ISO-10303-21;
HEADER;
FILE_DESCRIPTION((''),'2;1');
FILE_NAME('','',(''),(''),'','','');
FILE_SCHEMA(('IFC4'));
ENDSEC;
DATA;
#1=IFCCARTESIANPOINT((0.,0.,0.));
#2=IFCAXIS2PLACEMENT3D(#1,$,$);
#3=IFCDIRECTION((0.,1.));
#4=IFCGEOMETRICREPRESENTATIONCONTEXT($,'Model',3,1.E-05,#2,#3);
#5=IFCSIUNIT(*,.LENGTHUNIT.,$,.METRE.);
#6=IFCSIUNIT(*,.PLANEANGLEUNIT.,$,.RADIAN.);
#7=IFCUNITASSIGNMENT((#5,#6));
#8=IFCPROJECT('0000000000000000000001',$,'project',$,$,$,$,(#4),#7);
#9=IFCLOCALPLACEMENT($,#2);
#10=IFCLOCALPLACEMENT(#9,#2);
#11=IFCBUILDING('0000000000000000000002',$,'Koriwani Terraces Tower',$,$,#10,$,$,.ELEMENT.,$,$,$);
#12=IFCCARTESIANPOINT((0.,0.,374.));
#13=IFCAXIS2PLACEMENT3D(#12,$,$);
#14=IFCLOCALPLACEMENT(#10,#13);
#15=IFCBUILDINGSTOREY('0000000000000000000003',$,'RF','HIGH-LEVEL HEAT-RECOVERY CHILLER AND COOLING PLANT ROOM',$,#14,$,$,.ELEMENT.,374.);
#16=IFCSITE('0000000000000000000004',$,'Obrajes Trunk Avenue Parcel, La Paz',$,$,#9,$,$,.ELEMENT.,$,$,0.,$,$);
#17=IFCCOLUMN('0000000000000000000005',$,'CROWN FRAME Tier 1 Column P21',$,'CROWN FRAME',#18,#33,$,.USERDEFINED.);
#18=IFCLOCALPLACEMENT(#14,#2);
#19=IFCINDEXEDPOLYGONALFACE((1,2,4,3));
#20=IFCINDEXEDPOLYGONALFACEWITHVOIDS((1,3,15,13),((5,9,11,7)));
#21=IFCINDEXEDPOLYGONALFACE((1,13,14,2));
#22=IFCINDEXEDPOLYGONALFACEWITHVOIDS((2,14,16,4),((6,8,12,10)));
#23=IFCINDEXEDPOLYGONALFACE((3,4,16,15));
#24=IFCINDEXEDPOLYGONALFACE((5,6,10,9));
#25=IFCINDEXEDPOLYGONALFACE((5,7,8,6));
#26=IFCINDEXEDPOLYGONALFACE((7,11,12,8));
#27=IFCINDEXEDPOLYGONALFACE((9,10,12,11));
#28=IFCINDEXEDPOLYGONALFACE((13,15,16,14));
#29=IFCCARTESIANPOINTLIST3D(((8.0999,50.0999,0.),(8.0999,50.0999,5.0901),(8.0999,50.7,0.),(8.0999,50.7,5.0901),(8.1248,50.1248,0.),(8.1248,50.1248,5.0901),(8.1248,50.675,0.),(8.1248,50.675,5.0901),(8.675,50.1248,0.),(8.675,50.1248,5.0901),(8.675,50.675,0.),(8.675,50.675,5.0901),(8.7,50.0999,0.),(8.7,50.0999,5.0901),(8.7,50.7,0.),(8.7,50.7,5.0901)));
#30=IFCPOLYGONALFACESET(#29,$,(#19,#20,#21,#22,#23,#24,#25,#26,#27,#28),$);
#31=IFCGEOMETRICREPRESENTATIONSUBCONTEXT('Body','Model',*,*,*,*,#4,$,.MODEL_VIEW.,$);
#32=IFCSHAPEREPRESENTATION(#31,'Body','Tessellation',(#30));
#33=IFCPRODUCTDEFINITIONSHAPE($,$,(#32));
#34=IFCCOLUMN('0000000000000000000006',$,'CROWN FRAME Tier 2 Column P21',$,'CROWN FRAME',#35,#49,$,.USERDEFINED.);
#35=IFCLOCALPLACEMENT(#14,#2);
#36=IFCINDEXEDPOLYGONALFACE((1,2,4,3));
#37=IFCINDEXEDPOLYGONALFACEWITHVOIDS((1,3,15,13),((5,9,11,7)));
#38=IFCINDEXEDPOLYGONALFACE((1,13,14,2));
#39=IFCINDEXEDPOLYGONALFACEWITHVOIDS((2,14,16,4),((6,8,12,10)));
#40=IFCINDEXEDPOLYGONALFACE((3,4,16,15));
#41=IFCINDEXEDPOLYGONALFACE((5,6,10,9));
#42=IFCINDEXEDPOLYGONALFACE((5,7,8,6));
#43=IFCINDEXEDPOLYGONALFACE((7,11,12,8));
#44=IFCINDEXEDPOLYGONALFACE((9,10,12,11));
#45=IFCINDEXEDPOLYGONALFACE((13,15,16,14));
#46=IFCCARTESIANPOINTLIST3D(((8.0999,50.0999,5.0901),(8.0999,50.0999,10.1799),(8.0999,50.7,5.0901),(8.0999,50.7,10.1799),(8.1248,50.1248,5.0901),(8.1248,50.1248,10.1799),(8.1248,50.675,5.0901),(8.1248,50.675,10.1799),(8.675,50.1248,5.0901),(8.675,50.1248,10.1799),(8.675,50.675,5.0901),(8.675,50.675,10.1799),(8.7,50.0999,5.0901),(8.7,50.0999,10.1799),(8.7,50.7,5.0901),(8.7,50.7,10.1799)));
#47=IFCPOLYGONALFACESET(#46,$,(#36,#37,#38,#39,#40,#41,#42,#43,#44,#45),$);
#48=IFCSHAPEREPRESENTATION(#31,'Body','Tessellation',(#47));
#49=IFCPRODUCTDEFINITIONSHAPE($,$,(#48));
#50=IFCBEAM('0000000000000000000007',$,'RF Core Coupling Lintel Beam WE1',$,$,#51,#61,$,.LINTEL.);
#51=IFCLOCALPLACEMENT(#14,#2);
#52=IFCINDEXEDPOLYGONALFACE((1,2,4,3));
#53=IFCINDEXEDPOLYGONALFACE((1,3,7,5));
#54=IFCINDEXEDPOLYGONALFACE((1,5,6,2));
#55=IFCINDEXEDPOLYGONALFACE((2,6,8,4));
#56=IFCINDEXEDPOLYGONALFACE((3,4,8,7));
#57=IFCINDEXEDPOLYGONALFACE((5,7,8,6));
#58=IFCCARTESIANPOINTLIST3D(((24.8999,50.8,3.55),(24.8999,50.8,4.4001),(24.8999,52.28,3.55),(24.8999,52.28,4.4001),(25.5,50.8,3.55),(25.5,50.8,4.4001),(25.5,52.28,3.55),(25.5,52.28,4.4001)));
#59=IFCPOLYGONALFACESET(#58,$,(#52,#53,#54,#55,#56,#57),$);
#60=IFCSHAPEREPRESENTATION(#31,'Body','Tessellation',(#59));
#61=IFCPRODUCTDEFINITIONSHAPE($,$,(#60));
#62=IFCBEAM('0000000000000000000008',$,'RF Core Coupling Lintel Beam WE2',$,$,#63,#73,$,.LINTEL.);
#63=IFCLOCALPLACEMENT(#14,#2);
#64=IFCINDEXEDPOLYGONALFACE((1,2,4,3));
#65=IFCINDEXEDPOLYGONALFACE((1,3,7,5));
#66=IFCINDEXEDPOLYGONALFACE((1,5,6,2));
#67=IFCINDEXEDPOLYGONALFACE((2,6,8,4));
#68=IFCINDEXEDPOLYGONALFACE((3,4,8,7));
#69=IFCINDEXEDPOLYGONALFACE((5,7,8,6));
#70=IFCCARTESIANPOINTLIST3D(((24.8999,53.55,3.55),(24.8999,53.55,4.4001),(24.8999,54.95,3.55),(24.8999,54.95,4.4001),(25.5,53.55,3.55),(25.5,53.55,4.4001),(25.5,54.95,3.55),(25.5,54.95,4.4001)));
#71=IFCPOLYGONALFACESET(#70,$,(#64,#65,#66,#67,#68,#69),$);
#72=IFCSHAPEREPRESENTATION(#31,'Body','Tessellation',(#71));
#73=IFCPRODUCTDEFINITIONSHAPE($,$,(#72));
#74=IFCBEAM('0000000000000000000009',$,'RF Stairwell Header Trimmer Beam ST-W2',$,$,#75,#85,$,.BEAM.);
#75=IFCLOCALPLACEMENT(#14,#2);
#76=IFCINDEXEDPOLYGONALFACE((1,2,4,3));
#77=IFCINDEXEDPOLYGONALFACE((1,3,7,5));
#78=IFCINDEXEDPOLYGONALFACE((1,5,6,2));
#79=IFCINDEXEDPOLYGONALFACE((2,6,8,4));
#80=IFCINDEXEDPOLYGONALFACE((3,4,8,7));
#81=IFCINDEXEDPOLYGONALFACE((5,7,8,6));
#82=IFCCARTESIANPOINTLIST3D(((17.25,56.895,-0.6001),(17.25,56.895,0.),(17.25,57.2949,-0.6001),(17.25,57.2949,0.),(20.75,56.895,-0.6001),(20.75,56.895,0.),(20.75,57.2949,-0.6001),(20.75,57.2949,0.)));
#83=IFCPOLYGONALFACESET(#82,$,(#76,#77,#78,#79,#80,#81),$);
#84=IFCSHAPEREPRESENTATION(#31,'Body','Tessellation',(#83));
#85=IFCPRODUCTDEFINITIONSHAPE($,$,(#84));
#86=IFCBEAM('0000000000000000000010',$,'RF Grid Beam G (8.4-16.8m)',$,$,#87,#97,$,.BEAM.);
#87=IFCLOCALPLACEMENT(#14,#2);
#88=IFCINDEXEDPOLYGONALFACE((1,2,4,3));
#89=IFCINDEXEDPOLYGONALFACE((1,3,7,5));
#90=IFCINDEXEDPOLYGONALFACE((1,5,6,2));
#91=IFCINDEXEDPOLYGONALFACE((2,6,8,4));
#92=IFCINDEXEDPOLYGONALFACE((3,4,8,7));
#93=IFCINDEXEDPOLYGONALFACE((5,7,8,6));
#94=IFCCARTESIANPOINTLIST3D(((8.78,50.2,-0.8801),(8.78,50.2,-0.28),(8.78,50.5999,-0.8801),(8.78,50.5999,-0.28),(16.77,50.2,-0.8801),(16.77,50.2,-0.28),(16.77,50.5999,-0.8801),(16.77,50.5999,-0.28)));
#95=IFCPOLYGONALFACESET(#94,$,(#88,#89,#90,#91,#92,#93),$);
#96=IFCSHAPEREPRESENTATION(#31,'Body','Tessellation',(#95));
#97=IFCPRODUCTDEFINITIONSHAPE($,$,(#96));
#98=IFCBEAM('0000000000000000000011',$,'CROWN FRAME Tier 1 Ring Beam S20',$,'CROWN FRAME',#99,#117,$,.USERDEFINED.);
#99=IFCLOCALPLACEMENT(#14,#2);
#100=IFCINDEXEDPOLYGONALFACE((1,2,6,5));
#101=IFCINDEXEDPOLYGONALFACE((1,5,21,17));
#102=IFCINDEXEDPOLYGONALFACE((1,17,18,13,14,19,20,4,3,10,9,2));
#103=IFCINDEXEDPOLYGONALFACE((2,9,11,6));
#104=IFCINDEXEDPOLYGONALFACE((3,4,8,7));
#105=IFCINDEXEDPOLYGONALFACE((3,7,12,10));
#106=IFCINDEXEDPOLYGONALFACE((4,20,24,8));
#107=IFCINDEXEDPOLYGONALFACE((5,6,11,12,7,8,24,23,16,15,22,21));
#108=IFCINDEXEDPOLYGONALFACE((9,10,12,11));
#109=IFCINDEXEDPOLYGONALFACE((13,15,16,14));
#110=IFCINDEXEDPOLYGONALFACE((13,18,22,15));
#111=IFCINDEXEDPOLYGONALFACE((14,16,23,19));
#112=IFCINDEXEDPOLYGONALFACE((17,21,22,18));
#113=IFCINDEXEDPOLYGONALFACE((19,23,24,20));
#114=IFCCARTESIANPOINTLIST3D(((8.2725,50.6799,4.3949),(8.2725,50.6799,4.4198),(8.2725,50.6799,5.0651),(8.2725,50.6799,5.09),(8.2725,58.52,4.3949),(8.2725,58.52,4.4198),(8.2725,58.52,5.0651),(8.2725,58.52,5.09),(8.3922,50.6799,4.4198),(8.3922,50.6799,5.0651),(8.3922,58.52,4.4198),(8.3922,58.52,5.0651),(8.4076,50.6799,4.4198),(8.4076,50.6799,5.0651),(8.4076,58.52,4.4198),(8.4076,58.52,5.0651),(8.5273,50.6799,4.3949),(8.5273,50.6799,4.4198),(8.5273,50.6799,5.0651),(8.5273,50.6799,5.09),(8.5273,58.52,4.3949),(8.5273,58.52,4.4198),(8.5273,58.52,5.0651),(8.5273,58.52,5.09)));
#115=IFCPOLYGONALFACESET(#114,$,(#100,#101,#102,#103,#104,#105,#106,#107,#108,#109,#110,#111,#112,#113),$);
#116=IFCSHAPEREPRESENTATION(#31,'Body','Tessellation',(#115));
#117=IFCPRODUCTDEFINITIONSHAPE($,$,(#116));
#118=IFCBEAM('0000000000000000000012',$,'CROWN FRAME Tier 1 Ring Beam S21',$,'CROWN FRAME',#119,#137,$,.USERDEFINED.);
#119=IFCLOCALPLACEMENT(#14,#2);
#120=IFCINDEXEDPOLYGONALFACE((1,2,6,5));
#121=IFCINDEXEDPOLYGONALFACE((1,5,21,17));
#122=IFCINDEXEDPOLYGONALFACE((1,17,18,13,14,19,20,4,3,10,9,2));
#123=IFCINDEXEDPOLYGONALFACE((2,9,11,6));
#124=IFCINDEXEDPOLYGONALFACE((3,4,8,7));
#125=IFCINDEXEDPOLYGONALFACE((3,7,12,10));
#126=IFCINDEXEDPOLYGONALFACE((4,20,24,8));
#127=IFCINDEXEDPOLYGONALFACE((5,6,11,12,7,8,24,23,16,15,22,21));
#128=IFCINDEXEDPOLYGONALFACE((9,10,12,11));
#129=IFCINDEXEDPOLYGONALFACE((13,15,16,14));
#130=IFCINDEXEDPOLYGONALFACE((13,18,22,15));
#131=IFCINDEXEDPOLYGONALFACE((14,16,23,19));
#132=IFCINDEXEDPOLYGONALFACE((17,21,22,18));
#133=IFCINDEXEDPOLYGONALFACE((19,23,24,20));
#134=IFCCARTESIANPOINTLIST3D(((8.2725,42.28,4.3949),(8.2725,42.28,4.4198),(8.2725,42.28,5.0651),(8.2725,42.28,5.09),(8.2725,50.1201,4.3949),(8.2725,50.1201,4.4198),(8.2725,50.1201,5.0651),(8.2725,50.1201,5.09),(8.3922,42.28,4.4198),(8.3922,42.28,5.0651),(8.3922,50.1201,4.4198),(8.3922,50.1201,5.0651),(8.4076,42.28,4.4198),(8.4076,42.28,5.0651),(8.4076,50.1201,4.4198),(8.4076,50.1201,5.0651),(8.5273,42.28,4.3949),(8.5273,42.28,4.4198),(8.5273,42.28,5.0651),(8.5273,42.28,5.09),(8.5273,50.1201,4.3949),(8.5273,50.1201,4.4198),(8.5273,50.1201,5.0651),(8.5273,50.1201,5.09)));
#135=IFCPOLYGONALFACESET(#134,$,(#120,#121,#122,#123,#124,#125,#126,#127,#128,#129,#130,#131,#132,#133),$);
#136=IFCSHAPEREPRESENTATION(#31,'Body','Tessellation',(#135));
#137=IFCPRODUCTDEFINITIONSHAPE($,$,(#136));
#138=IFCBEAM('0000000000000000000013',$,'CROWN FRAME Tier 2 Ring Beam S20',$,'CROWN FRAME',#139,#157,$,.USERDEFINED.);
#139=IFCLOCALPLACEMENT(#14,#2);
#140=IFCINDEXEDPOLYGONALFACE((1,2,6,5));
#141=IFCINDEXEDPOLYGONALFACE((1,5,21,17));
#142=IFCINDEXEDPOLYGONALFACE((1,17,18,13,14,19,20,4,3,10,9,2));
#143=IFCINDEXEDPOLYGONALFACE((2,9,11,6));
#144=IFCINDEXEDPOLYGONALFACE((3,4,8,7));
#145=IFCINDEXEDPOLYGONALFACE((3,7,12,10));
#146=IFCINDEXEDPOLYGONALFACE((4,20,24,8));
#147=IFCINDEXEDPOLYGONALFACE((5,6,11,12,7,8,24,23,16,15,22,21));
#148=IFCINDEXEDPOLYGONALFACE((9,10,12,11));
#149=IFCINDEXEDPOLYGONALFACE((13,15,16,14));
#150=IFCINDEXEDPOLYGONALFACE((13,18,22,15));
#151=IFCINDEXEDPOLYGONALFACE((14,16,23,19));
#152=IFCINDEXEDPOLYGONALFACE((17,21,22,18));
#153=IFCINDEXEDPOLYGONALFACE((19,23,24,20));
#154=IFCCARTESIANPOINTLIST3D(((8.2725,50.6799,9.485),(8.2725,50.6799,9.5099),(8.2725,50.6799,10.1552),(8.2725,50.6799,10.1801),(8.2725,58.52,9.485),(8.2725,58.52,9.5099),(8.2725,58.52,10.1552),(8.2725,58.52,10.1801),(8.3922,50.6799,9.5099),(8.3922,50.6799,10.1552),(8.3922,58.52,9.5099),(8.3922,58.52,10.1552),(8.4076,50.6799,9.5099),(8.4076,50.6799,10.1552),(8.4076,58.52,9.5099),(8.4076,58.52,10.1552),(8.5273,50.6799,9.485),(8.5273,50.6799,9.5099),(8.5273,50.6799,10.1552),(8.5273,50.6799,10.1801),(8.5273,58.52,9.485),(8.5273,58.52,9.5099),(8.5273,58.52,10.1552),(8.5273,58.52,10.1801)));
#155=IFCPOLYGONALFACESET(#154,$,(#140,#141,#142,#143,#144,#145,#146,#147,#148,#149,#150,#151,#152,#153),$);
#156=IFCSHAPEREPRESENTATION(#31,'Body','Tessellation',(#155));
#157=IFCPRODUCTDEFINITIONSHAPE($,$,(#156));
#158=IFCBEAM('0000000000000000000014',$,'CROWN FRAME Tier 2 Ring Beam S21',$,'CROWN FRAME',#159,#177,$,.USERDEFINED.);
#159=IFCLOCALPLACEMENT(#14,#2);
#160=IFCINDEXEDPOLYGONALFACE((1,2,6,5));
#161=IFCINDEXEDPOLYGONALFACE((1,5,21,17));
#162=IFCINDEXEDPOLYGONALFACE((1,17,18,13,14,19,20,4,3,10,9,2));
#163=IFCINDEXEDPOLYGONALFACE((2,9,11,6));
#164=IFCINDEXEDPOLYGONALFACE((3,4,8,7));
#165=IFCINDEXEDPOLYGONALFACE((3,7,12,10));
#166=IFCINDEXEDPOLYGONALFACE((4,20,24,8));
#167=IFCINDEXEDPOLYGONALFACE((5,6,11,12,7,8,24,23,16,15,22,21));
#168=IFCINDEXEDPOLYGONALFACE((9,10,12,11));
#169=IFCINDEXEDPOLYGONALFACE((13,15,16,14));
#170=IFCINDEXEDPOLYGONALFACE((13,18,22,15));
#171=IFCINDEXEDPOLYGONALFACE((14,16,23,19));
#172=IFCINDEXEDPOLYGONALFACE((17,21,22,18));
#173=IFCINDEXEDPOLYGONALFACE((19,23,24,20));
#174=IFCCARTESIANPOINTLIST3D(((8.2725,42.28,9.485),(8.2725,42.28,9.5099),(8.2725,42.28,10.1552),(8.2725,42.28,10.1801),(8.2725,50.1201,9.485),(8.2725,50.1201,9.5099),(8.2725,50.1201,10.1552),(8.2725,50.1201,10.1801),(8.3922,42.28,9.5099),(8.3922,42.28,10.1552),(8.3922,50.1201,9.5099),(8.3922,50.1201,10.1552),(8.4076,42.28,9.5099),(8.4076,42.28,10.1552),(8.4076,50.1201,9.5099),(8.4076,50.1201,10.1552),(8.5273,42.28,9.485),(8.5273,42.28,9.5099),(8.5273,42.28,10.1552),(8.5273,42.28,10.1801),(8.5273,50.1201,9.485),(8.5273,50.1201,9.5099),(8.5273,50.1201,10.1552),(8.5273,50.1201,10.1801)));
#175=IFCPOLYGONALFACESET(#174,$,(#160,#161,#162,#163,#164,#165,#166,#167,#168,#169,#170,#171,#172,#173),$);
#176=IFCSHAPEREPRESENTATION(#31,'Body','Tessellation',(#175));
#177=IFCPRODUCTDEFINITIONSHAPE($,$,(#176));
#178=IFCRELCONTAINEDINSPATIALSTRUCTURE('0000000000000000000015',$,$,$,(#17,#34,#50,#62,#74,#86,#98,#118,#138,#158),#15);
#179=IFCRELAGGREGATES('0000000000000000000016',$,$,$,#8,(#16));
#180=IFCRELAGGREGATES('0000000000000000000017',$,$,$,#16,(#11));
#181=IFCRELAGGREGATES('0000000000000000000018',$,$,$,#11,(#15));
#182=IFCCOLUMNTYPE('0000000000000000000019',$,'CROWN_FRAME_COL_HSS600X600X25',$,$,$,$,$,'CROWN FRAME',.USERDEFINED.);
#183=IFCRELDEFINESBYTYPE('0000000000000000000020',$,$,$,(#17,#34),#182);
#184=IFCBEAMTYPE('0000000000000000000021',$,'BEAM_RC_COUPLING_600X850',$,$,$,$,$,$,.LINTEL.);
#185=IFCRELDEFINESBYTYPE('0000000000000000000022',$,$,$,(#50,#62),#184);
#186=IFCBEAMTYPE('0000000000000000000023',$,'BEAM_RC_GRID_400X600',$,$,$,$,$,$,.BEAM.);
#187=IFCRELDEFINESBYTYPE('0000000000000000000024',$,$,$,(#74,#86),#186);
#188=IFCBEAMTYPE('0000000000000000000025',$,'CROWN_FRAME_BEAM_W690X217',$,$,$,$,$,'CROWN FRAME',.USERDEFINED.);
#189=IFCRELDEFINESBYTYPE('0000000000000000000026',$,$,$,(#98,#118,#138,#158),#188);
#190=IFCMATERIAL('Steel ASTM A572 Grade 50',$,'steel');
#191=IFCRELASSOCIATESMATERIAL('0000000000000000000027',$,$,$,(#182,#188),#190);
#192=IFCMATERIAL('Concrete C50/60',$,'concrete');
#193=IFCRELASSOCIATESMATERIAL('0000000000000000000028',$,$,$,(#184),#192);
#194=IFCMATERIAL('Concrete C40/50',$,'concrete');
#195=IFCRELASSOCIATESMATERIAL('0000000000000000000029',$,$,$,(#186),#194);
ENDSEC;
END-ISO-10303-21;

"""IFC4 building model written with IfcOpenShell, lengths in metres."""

from ifc_helpers import new_model, si_unit, direction, frame, origin, origin_2d, place, context, subcontext, project, spatial, rectangle, hollow_rectangle, i_section, extrude, material, material_profile, profile_set, type_object, element, save


model = new_model("IFC4")

# Units and contexts
model_context = context("Model", 3, precision=1e-05, world=origin(), true_north=direction((0.0, 1.0)))
body_context = subcontext(model_context, "Body", "Model", "MODEL_VIEW")
ifc_project = project(units=[si_unit("LENGTHUNIT", "METRE"), si_unit("PLANEANGLEUNIT", "RADIAN")], contexts=[model_context])

# Site, building, storey
site_placement = place(None, origin())
site = spatial("IfcSite", under=ifc_project, at=site_placement, Name="Obrajes Trunk Avenue Parcel, La Paz", CompositionType="ELEMENT", RefElevation=0.0)
building_placement = place(site_placement, origin())
building = spatial("IfcBuilding", under=site, at=building_placement, Name="Koriwani Terraces Tower", CompositionType="ELEMENT")
storey_placement = place(building_placement, frame((0.0, 0.0, 374.0)))
storey = spatial("IfcBuildingStorey", under=building, at=storey_placement, Name="RF", Description="HIGH-LEVEL HEAT-RECOVERY CHILLER AND COOLING PLANT ROOM", CompositionType="ELEMENT", Elevation=374.0)

# Columns
ifc_material_1 = material(Name="Steel ASTM A572 Grade 50", Category="steel")
ifc_material_profile_1 = material_profile(ifc_material_1, hollow_rectangle(XDim=0.6001, YDim=0.6001, WallThickness=0.0249, at=origin_2d()), Name="Steel ASTM A572 Grade 50", Category="LoadBearing")
ifc_profile_set_1 = profile_set([ifc_material_profile_1], Name="Steel ASTM A572 Grade 50")
column_type = type_object("IfcColumnType", Name="CROWN_FRAME_COL_HSS600X600X25", ElementType="CROWN FRAME", PredefinedType="USERDEFINED", material=ifc_profile_set_1)
column_1_placement = place(storey_placement, frame((8.3999, 50.3999, 0.0), z_axis=(0.0, 0.0, 1.0), x_axis=(1.0, 0.0, 0.0)))
element("IfcColumn", 1, at=column_1_placement, inside=storey, type_object=column_type, Name="CROWN FRAME Tier 1 Column P21", ObjectType="CROWN FRAME", PredefinedType="USERDEFINED", context=body_context, shape_type="SweptSolid", body=[
    extrude(hollow_rectangle(XDim=0.6001, YDim=0.6001, WallThickness=0.0249, at=origin_2d()), origin(), (0.0, 0.0, 1.0), 5.0901),
])
column_2_placement = place(storey_placement, frame((8.3999, 50.3999, 5.0901), z_axis=(0.0, 0.0, 1.0), x_axis=(1.0, 0.0, 0.0)))
element("IfcColumn", 2, at=column_2_placement, inside=storey, type_object=column_type, Name="CROWN FRAME Tier 2 Column P21", ObjectType="CROWN FRAME", PredefinedType="USERDEFINED", context=body_context, shape_type="SweptSolid", body=[
    extrude(hollow_rectangle(XDim=0.6001, YDim=0.6001, WallThickness=0.0249, at=origin_2d()), origin(), (0.0, 0.0, 1.0), 5.0898),
])

# Beams
ifc_material_2 = material(Name="Concrete C50/60", Category="concrete")
ifc_material_profile_2 = material_profile(ifc_material_2, rectangle(XDim=0.6001, YDim=0.8501, at=origin_2d()), Name="Concrete C50/60", Category="LoadBearing")
ifc_profile_set_2 = profile_set([ifc_material_profile_2], Name="Concrete C50/60")
beam_type_1 = type_object("IfcBeamType", Name="BEAM_RC_COUPLING_600X850", PredefinedType="LINTEL", material=ifc_profile_set_2)
beam_1_placement = place(storey_placement, frame((25.2, 50.8, 3.9751), z_axis=(0.0, 1.0, 0.0), x_axis=(-1.0, 0.0, 0.0)))
element("IfcBeam", 3, at=beam_1_placement, inside=storey, type_object=beam_type_1, Name="RF Core Coupling Lintel Beam WE1", PredefinedType="LINTEL", context=body_context, shape_type="SweptSolid", body=[
    extrude(rectangle(XDim=0.6001, YDim=0.8501, at=origin_2d()), origin(), (0.0, 0.0, 1.0), 1.48),
])
beam_2_placement = place(storey_placement, frame((25.2, 53.55, 3.9751), z_axis=(0.0, 1.0, 0.0), x_axis=(-1.0, 0.0, 0.0)))
element("IfcBeam", 4, at=beam_2_placement, inside=storey, type_object=beam_type_1, Name="RF Core Coupling Lintel Beam WE2", PredefinedType="LINTEL", context=body_context, shape_type="SweptSolid", body=[
    extrude(rectangle(XDim=0.6001, YDim=0.8501, at=origin_2d()), origin(), (0.0, 0.0, 1.0), 1.3999),
])
ifc_material_3 = material(Name="Concrete C40/50", Category="concrete")
ifc_material_profile_3 = material_profile(ifc_material_3, rectangle(XDim=0.3999, YDim=0.6001, at=origin_2d()), Name="Concrete C40/50", Category="LoadBearing")
ifc_profile_set_3 = profile_set([ifc_material_profile_3], Name="Concrete C40/50")
beam_type_2 = type_object("IfcBeamType", Name="BEAM_RC_GRID_400X600", PredefinedType="BEAM", material=ifc_profile_set_3)
beam_3_placement = place(storey_placement, frame((17.25, 57.095, -0.3), z_axis=(1.0, 0.0, 0.0), x_axis=(0.0, 1.0, 0.0)))
element("IfcBeam", 5, at=beam_3_placement, inside=storey, type_object=beam_type_2, Name="RF Stairwell Header Trimmer Beam ST-W2", PredefinedType="BEAM", context=body_context, shape_type="SweptSolid", body=[
    extrude(rectangle(XDim=0.3999, YDim=0.6001, at=origin_2d()), origin(), (0.0, 0.0, 1.0), 3.5),
])
beam_4_placement = place(storey_placement, frame((8.78, 50.3999, -0.5801), z_axis=(1.0, 0.0, 0.0), x_axis=(0.0, 1.0, 0.0)))
element("IfcBeam", 6, at=beam_4_placement, inside=storey, type_object=beam_type_2, Name="RF Grid Beam G (8.4-16.8m)", PredefinedType="BEAM", context=body_context, shape_type="SweptSolid", body=[
    extrude(rectangle(XDim=0.3999, YDim=0.6001, at=origin_2d()), origin(), (0.0, 0.0, 1.0), 7.99),
])
ifc_material_profile_4 = material_profile(ifc_material_1, i_section(OverallWidth=0.2549, OverallDepth=0.6951, WebThickness=0.0154, FlangeThickness=0.0249, at=origin_2d()), Name="Steel ASTM A572 Grade 50", Category="LoadBearing")
ifc_profile_set_4 = profile_set([ifc_material_profile_4], Name="Steel ASTM A572 Grade 50")
beam_type_3 = type_object("IfcBeamType", Name="CROWN_FRAME_BEAM_W690X217", ElementType="CROWN FRAME", PredefinedType="USERDEFINED", material=ifc_profile_set_4)
for number, where, z_axis, x_axis, name in (
    (7, (8.3999, 58.52, 4.7424), (0.0, -1.0, 0.0), (1.0, 0.0, 0.0), "CROWN FRAME Tier 1 Ring Beam S20"),
    (8, (8.3999, 50.1201, 4.7424), (0.0, -1.0, 0.0), (1.0, 0.0, 0.0), "CROWN FRAME Tier 1 Ring Beam S21"),
    (9, (8.3999, 58.52, 9.8325), (0.0, -1.0, 0.0), (1.0, 0.0, 0.0), "CROWN FRAME Tier 2 Ring Beam S20"),
    (10, (8.3999, 50.1201, 9.8325), (0.0, -1.0, 0.0), (1.0, 0.0, 0.0), "CROWN FRAME Tier 2 Ring Beam S21"),
):
    element("IfcBeam", number, at=place(storey_placement, frame(where, z_axis=z_axis, x_axis=x_axis)), inside=storey, type_object=beam_type_3, Name=name, ObjectType="CROWN FRAME", PredefinedType="USERDEFINED", context=body_context, shape_type="SweptSolid", body=[
        extrude(i_section(OverallWidth=0.2549, OverallDepth=0.6951, WebThickness=0.0154, FlangeThickness=0.0249, at=origin_2d()), origin(), (0.0, 0.0, 1.0), 7.8401),
    ])

save(model, "model.ifc")
